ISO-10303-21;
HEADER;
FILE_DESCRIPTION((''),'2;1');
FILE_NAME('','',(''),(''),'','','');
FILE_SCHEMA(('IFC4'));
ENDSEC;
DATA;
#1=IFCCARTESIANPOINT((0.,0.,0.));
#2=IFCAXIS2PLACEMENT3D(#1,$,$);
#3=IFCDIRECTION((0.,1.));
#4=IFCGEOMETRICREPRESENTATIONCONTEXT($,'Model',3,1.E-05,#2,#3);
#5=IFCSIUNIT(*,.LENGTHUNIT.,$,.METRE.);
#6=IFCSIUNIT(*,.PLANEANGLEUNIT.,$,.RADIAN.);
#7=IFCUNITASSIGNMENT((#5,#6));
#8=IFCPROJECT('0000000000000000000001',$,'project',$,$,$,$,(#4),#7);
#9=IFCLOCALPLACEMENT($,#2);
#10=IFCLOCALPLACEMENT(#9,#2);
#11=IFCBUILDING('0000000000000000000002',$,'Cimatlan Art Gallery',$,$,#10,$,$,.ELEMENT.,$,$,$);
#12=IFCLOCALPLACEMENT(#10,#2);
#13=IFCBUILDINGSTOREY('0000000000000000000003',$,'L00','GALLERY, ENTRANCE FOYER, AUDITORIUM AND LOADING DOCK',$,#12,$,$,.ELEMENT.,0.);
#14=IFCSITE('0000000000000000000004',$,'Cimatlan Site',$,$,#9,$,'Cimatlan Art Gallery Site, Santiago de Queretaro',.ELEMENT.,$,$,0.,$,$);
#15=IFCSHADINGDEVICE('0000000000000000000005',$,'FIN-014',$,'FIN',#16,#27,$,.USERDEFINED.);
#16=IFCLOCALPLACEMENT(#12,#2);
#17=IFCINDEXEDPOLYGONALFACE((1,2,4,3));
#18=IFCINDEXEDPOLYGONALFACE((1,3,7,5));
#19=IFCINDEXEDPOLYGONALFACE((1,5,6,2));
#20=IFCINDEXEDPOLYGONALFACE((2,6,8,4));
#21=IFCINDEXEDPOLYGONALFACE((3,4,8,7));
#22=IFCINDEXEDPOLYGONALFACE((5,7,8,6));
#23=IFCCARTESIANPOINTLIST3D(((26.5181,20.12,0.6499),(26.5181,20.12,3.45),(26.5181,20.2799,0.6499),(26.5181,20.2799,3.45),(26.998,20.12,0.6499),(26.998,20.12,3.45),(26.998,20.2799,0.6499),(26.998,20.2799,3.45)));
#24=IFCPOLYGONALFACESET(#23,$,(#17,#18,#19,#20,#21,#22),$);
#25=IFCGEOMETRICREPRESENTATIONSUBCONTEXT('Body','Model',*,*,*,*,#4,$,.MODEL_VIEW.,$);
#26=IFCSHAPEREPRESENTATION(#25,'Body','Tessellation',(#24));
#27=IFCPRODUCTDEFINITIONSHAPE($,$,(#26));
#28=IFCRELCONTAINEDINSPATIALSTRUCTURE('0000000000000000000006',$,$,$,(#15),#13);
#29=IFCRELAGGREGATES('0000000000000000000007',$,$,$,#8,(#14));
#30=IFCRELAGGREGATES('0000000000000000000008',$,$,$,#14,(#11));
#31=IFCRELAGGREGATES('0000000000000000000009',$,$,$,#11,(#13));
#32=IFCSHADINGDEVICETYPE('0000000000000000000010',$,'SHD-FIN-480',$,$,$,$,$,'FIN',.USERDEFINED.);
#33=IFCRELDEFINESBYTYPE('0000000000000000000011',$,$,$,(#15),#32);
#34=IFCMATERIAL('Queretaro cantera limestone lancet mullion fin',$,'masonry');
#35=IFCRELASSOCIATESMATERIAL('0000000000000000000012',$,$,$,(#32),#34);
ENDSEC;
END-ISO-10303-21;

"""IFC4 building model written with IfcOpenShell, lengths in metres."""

from ifc_helpers import new_model, si_unit, direction, frame, origin, origin_2d, place, context, subcontext, project, spatial, rectangle, extrude, material, type_object, element, save


model = new_model("IFC4")

# Units and contexts
model_context = context("Model", 3, precision=1e-05, world=origin(), true_north=direction((0.0, 1.0)))
body_context = subcontext(model_context, "Body", "Model", "MODEL_VIEW")
ifc_project = project(units=[si_unit("LENGTHUNIT", "METRE"), si_unit("PLANEANGLEUNIT", "RADIAN")], contexts=[model_context])

# Site, building, storey
site_placement = place(None, origin())
site = spatial("IfcSite", under=ifc_project, at=site_placement, Name="Cimatlan Site", LongName="Cimatlan Art Gallery Site, Santiago de Queretaro", CompositionType="ELEMENT", RefElevation=0.0)
building_placement = place(site_placement, origin())
building = spatial("IfcBuilding", under=site, at=building_placement, Name="Cimatlan Art Gallery", CompositionType="ELEMENT")
storey_placement = place(building_placement, origin())
storey = spatial("IfcBuildingStorey", under=building, at=storey_placement, Name="L00", Description="GALLERY, ENTRANCE FOYER, AUDITORIUM AND LOADING DOCK", CompositionType="ELEMENT", Elevation=0.0)

# Shading device
ifc_material_1 = material(Name="Queretaro cantera limestone lancet mullion fin", Category="masonry")
shading_device_type_1 = type_object("IfcShadingDeviceType", Name="SHD-FIN-480", ElementType="FIN", PredefinedType="USERDEFINED", material=ifc_material_1)
shading_device_placement = place(storey_placement, frame((26.7581, 20.2, 0.6499), z_axis=(0.0, 0.0, 1.0), x_axis=(0.0, -1.0, 0.0)))
element("IfcShadingDevice", 1, at=shading_device_placement, inside=storey, type_object=shading_device_type_1, Name="FIN-014", ObjectType="FIN", PredefinedType="USERDEFINED", context=body_context, shape_type="SweptSolid", body=[
    extrude(rectangle(XDim=0.1599, YDim=0.48, at=origin_2d()), origin(), (0.0, 0.0, 1.0), 2.8),
])

save(model, "model.ifc")
